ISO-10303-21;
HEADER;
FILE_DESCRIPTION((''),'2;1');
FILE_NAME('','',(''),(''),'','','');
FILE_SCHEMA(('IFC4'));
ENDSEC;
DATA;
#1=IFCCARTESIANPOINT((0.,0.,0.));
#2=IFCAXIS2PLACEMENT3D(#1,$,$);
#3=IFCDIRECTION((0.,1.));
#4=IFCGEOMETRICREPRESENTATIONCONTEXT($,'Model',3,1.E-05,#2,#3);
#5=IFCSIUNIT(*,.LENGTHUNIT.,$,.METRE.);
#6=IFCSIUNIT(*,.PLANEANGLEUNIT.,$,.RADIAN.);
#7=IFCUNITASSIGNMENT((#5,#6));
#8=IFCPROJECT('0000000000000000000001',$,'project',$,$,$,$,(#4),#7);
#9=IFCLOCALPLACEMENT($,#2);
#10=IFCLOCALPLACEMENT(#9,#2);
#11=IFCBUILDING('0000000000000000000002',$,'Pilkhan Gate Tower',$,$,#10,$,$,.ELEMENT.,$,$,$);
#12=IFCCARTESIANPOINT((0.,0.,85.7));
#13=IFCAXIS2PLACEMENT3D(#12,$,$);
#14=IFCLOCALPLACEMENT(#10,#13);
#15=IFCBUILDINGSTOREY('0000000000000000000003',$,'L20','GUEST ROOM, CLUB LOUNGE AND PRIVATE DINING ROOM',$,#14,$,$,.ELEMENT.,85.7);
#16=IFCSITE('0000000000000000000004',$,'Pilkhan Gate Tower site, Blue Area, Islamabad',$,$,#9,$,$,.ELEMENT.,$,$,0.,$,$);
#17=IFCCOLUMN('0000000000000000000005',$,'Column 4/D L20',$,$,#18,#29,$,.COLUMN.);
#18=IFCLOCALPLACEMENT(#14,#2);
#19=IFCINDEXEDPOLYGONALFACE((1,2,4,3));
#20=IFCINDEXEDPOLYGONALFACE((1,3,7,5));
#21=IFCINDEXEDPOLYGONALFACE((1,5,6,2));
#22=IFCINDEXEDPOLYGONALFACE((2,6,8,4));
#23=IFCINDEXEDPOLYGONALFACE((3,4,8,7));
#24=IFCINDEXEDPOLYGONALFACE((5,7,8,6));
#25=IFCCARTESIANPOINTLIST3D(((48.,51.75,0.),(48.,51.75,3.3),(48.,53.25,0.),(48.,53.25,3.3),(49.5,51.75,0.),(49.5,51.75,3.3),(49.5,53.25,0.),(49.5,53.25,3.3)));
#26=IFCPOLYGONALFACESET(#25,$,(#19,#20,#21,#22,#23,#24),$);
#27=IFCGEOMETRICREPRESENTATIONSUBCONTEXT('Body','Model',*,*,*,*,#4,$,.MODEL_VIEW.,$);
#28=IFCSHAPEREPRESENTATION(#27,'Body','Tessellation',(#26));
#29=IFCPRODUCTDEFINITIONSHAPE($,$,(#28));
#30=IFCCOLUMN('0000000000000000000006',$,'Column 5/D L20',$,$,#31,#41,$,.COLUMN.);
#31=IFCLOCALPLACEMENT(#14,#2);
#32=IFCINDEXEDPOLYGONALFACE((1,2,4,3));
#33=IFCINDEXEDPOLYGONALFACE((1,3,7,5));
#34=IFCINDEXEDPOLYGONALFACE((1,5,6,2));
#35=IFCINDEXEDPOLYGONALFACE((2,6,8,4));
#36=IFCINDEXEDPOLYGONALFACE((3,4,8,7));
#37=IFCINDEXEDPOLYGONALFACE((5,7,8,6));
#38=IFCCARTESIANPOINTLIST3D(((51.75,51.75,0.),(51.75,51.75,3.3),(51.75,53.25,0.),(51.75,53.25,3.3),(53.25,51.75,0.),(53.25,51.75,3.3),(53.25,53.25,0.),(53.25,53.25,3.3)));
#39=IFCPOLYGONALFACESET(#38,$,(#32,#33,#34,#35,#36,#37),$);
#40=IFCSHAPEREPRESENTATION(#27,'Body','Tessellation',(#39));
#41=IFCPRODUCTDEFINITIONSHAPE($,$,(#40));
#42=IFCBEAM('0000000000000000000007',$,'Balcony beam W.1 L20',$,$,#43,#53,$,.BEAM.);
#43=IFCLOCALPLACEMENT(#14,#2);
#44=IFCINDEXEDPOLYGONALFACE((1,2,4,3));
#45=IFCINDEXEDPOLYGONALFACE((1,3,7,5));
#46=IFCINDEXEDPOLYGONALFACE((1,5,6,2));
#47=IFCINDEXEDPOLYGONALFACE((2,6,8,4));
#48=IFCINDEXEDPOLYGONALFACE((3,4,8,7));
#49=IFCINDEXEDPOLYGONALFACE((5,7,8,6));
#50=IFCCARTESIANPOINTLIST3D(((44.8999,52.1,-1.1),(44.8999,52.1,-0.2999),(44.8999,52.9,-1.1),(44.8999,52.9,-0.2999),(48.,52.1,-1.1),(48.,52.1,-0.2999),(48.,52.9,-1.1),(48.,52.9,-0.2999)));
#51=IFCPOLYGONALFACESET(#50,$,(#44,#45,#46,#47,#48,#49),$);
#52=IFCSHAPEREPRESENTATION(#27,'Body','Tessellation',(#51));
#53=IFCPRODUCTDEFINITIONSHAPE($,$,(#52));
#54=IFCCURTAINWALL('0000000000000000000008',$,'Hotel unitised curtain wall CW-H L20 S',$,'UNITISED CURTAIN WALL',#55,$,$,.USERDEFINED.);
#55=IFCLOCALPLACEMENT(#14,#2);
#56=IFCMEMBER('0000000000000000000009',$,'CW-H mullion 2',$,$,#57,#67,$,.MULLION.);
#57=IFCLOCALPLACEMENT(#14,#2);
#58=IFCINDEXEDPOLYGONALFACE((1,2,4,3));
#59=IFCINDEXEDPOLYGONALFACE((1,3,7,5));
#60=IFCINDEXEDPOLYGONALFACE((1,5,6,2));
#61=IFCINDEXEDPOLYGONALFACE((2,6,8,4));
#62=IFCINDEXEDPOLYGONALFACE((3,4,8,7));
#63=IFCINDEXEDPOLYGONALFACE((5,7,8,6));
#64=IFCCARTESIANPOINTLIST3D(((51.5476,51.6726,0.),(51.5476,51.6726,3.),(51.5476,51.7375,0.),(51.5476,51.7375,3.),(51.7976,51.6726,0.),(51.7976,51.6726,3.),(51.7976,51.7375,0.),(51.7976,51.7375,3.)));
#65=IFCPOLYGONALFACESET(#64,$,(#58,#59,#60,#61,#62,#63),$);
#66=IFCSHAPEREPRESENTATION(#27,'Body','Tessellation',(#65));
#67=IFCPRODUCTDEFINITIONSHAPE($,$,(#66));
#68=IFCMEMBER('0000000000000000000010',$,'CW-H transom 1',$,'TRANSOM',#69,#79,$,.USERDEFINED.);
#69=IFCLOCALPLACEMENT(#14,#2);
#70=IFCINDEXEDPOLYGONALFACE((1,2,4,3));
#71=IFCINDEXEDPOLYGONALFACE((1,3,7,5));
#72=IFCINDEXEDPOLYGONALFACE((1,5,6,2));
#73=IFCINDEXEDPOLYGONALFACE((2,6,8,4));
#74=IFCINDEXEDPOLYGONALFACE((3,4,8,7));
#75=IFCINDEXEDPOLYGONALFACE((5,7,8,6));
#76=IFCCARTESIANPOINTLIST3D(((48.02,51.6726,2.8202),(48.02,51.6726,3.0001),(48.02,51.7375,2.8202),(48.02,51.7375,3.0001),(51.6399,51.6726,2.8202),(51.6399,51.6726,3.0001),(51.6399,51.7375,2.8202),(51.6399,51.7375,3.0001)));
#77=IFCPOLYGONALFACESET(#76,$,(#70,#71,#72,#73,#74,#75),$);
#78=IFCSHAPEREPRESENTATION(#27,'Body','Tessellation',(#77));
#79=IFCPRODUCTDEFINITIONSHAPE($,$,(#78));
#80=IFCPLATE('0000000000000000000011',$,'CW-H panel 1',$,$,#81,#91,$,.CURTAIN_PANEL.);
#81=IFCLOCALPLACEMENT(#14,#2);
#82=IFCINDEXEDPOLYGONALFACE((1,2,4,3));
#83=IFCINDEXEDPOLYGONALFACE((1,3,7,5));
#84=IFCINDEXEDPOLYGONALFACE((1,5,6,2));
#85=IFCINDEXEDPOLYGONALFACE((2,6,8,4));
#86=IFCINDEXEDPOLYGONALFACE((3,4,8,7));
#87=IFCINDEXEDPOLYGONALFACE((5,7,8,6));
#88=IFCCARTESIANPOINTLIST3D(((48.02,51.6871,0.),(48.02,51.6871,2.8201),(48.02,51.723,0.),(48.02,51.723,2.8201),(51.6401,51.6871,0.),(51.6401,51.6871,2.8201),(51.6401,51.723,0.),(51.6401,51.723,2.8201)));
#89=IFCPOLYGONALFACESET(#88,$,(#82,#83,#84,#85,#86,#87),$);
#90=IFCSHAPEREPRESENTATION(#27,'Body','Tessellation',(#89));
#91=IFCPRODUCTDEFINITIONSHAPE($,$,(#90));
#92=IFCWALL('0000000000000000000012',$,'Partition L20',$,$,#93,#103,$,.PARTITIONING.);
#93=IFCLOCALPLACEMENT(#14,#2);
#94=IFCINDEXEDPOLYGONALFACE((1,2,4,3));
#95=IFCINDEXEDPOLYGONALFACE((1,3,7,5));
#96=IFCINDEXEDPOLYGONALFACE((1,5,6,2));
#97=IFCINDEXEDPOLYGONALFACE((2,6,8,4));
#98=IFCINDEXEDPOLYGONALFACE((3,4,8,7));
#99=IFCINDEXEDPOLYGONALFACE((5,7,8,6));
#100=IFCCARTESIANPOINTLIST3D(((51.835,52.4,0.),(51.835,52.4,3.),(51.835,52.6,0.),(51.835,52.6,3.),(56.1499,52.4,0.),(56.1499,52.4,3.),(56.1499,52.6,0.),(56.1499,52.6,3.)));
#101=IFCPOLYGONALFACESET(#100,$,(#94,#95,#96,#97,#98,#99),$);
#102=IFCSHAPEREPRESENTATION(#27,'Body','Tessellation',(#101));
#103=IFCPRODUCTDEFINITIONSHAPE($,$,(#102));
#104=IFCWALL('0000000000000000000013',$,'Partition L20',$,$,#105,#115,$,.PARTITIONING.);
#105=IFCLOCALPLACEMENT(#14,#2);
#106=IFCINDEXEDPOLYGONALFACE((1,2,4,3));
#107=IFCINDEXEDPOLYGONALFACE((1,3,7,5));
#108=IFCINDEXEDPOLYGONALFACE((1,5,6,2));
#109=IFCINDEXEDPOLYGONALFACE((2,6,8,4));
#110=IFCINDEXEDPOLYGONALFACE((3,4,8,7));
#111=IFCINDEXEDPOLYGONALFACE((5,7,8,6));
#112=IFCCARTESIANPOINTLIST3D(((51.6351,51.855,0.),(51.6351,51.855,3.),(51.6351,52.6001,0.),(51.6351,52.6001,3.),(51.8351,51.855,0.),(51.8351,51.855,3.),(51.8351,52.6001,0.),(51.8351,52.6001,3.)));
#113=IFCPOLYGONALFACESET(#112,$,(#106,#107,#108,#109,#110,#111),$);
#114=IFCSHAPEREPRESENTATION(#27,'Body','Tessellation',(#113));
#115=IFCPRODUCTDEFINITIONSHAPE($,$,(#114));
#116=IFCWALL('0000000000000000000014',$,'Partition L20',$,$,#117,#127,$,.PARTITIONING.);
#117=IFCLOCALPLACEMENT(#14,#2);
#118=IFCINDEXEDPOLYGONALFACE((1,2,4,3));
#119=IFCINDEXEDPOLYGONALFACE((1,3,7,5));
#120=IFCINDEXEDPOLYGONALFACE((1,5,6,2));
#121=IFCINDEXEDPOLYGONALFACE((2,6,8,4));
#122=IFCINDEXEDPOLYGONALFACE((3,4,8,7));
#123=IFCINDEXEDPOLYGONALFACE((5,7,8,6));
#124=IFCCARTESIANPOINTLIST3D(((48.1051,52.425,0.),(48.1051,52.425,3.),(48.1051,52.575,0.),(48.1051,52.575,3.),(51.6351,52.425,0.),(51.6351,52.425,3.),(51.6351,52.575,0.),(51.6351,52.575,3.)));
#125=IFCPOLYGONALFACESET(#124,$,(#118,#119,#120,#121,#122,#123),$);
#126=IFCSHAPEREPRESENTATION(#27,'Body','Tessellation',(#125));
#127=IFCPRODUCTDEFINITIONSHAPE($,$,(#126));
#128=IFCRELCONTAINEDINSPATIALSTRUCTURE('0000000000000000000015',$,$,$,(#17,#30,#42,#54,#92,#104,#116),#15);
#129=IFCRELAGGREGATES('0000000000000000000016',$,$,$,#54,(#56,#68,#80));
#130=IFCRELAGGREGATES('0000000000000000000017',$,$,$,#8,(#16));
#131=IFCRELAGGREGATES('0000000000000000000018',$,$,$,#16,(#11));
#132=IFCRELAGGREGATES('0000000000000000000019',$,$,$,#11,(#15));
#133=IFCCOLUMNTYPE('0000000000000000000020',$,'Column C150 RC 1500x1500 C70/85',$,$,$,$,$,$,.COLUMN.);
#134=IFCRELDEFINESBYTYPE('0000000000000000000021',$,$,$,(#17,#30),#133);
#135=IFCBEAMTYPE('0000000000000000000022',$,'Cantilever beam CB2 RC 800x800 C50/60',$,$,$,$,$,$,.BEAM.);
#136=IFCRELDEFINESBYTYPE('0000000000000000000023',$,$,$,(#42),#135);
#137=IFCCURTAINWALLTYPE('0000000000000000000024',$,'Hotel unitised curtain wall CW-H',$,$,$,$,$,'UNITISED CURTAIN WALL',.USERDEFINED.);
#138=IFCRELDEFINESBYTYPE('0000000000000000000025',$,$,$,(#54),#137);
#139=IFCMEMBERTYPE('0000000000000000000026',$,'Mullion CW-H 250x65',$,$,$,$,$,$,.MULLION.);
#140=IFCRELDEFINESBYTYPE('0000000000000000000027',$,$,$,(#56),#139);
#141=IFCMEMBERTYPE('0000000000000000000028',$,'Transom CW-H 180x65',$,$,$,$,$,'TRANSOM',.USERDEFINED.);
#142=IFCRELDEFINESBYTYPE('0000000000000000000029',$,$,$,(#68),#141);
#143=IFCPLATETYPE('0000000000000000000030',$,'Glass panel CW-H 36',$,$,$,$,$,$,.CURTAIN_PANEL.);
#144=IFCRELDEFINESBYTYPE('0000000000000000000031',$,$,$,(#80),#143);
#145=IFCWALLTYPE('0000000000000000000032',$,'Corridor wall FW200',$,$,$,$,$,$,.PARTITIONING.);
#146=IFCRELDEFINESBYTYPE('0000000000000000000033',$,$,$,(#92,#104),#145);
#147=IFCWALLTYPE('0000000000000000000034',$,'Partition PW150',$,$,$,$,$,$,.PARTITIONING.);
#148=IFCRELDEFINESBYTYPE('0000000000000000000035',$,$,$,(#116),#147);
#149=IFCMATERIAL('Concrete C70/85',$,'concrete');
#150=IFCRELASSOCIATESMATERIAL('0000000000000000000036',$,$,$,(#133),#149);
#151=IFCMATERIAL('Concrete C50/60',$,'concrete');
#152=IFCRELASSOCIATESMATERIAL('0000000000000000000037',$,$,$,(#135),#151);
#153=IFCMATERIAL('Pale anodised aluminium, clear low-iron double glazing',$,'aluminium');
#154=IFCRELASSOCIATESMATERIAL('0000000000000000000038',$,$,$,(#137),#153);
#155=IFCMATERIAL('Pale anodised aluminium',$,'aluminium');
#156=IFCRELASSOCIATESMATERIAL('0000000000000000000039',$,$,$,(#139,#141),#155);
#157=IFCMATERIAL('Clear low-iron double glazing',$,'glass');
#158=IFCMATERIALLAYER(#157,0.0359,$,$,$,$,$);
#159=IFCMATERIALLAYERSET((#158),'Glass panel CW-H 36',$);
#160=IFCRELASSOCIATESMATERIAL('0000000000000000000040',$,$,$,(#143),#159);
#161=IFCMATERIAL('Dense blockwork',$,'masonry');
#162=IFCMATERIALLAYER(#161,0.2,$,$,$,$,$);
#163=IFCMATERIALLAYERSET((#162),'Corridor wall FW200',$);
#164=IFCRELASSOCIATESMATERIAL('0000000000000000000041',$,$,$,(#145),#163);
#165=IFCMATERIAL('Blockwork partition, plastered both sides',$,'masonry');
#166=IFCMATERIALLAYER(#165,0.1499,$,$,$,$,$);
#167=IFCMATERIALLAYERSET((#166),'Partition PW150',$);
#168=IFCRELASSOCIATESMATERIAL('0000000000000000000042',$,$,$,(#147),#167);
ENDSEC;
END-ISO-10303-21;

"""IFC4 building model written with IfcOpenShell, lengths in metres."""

from ifc_helpers import new_model, si_unit, direction, frame, frame_2d, origin, origin_2d, place, context, subcontext, project, spatial, rectangle, extrude, material, layer, layer_set, material_profile, profile_set, type_object, element, aggregate, save


model = new_model("IFC4")

# Units and contexts
model_context = context("Model", 3, precision=1e-05, world=origin(), true_north=direction((0.0, 1.0)))
body_context = subcontext(model_context, "Body", "Model", "MODEL_VIEW")
ifc_project = project(units=[si_unit("LENGTHUNIT", "METRE"), si_unit("PLANEANGLEUNIT", "RADIAN")], contexts=[model_context])

# Site, building, storey
site_placement = place(None, origin())
site = spatial("IfcSite", under=ifc_project, at=site_placement, Name="Pilkhan Gate Tower site, Blue Area, Islamabad", CompositionType="ELEMENT", RefElevation=0.0)
building_placement = place(site_placement, origin())
building = spatial("IfcBuilding", under=site, at=building_placement, Name="Pilkhan Gate Tower", CompositionType="ELEMENT")
storey_placement = place(building_placement, frame((0.0, 0.0, 85.7)))
storey = spatial("IfcBuildingStorey", under=building, at=storey_placement, Name="L20", Description="GUEST ROOM, CLUB LOUNGE AND PRIVATE DINING ROOM", CompositionType="ELEMENT", Elevation=85.7)

# Columns
ifc_material_1 = material(Name="Concrete C70/85", Category="concrete")
ifc_material_profile_1 = material_profile(ifc_material_1, rectangle(XDim=1.5, YDim=1.5, at=origin_2d()), Name="RC 1500x1500")
ifc_profile_set_1 = profile_set([ifc_material_profile_1], Name="Concrete C70/85")
column_type = type_object("IfcColumnType", Name="Column C150 RC 1500x1500 C70/85", PredefinedType="COLUMN", material=ifc_profile_set_1)
for number, where, z_axis, x_axis, name in (
    (1, (48.75, 52.5, 0.0), (0.0, 0.0, 1.0), (1.0, 0.0, 0.0), "Column 4/D L20"),
    (2, (52.5, 52.5, 0.0), (0.0, 0.0, 1.0), (1.0, 0.0, 0.0), "Column 5/D L20"),
):
    element("IfcColumn", number, at=place(storey_placement, frame(where, z_axis=z_axis, x_axis=x_axis)), inside=storey, type_object=column_type, Name=name, PredefinedType="COLUMN", context=body_context, shape_type="SweptSolid", body=[
        extrude(rectangle(XDim=1.5, YDim=1.5, at=origin_2d()), origin(), (0.0, 0.0, 1.0), 3.3),
    ])

# Beam
ifc_material_2 = material(Name="Concrete C50/60", Category="concrete")
ifc_material_profile_2 = material_profile(ifc_material_2, rectangle(XDim=0.8, YDim=0.8, at=origin_2d()), Name="RC 800x800")
ifc_profile_set_2 = profile_set([ifc_material_profile_2], Name="Concrete C50/60")
beam_type = type_object("IfcBeamType", Name="Cantilever beam CB2 RC 800x800 C50/60", PredefinedType="BEAM", material=ifc_profile_set_2)
beam_placement = place(storey_placement, frame((48.0, 52.5, -0.7), z_axis=(-1.0, 0.0, 0.0), x_axis=(0.0, -1.0, 0.0)))
element("IfcBeam", 3, at=beam_placement, inside=storey, type_object=beam_type, Name="Balcony beam W.1 L20", PredefinedType="BEAM", context=body_context, shape_type="SweptSolid", body=[
    extrude(rectangle(XDim=0.8, YDim=0.8, at=origin_2d()), origin(), (0.0, 0.0, 1.0), 3.1001),
])

# Curtain wall, members, plate
ifc_material_3 = material(Name="Pale anodised aluminium, clear low-iron double glazing", Category="aluminium")
curtain_wall_type = type_object("IfcCurtainWallType", Name="Hotel unitised curtain wall CW-H", ElementType="UNITISED CURTAIN WALL", PredefinedType="USERDEFINED", material=ifc_material_3)
curtain_wall_placement = place(storey_placement, origin())
curtain_wall = element("IfcCurtainWall", 4, at=curtain_wall_placement, inside=storey, type_object=curtain_wall_type, Name="Hotel unitised curtain wall CW-H L20 S", ObjectType="UNITISED CURTAIN WALL", PredefinedType="USERDEFINED")
ifc_material_4 = material(Name="Pale anodised aluminium", Category="aluminium")
ifc_material_profile_3 = material_profile(ifc_material_4, rectangle(XDim=0.0649, YDim=0.25, at=origin_2d()), Name="Mullion 250x65")
ifc_profile_set_3 = profile_set([ifc_material_profile_3], Name="Pale anodised aluminium")
member_type_1 = type_object("IfcMemberType", Name="Mullion CW-H 250x65", PredefinedType="MULLION", material=ifc_profile_set_3)
member_1_placement = place(storey_placement, frame((51.6726, 51.7051, 0.0), z_axis=(0.0, 0.0, 1.0), x_axis=(0.0, 1.0, 0.0)))
member_1 = element("IfcMember", 5, at=member_1_placement, type_object=member_type_1, Name="CW-H mullion 2", PredefinedType="MULLION", context=body_context, shape_type="SweptSolid", body=[
    extrude(rectangle(XDim=0.0649, YDim=0.25, at=origin_2d()), origin(), (0.0, 0.0, 1.0), 3.0),
])
ifc_material_profile_4 = material_profile(ifc_material_4, rectangle(XDim=0.0649, YDim=0.1799, at=origin_2d()), Name="Transom 180x65")
ifc_profile_set_4 = profile_set([ifc_material_profile_4], Name="Pale anodised aluminium")
member_type_2 = type_object("IfcMemberType", Name="Transom CW-H 180x65", ElementType="TRANSOM", PredefinedType="USERDEFINED", material=ifc_profile_set_4)
member_2_placement = place(storey_placement, frame((48.02, 51.7051, 2.9102), z_axis=(1.0, 0.0, 0.0), x_axis=(0.0, 1.0, 0.0)))
member_2 = element("IfcMember", 6, at=member_2_placement, type_object=member_type_2, Name="CW-H transom 1", ObjectType="TRANSOM", PredefinedType="USERDEFINED", context=body_context, shape_type="SweptSolid", body=[
    extrude(rectangle(XDim=0.0649, YDim=0.1799, at=origin_2d()), origin(), (0.0, 0.0, 1.0), 3.6199),
])
ifc_material_5 = material(Name="Clear low-iron double glazing", Category="glass")
ifc_layer_1 = layer(ifc_material_5, 0.0359)
ifc_layer_set_1 = layer_set([ifc_layer_1], Name="Glass panel CW-H 36")
plate_type = type_object("IfcPlateType", Name="Glass panel CW-H 36", PredefinedType="CURTAIN_PANEL", material=ifc_layer_set_1)
plate_placement = place(storey_placement, frame((49.8301, 51.7051, 0.0), z_axis=(0.0, 0.0, 1.0), x_axis=(1.0, 0.0, 0.0)))
plate = element("IfcPlate", 7, at=plate_placement, type_object=plate_type, Name="CW-H panel 1", PredefinedType="CURTAIN_PANEL", context=body_context, shape_type="SweptSolid", body=[
    extrude(rectangle(XDim=3.6201, YDim=0.0359, at=origin_2d()), origin(), (0.0, 0.0, 1.0), 2.8201),
])
aggregate(curtain_wall, [member_1, member_2, plate])

# Walls
ifc_material_6 = material(Name="Dense blockwork", Category="masonry")
ifc_layer_2 = layer(ifc_material_6, 0.2)
ifc_layer_set_2 = layer_set([ifc_layer_2], Name="Corridor wall FW200")
wall_type_1 = type_object("IfcWallType", Name="Corridor wall FW200", PredefinedType="PARTITIONING", material=ifc_layer_set_2)
wall_1_placement = place(storey_placement, frame((51.835, 52.5, 0.0), z_axis=(0.0, 0.0, 1.0), x_axis=(1.0, 0.0, 0.0)))
element("IfcWall", 8, at=wall_1_placement, inside=storey, type_object=wall_type_1, Name="Partition L20", PredefinedType="PARTITIONING", context=body_context, shape_type="SweptSolid", body=[
    extrude(rectangle(XDim=4.3149, YDim=0.2, at=frame_2d((2.1575, 0.0))), origin(), (0.0, 0.0, 1.0), 3.0),
])
wall_2_placement = place(storey_placement, frame((51.7351, 51.855, 0.0), z_axis=(0.0, 0.0, 1.0), x_axis=(0.0, 1.0, 0.0)))
element("IfcWall", 9, at=wall_2_placement, inside=storey, type_object=wall_type_1, Name="Partition L20", PredefinedType="PARTITIONING", context=body_context, shape_type="SweptSolid", body=[
    extrude(rectangle(XDim=0.7451, YDim=0.2, at=frame_2d((0.3726, 0.0))), origin(), (0.0, 0.0, 1.0), 3.0),
])
ifc_material_7 = material(Name="Blockwork partition, plastered both sides", Category="masonry")
ifc_layer_3 = layer(ifc_material_7, 0.1499)
ifc_layer_set_3 = layer_set([ifc_layer_3], Name="Partition PW150")
wall_type_2 = type_object("IfcWallType", Name="Partition PW150", PredefinedType="PARTITIONING", material=ifc_layer_set_3)
wall_3_placement = place(storey_placement, frame((48.105, 52.5, 0.0), z_axis=(0.0, 0.0, 1.0), x_axis=(1.0, 0.0, 0.0)))
element("IfcWall", 10, at=wall_3_placement, inside=storey, type_object=wall_type_2, Name="Partition L20", PredefinedType="PARTITIONING", context=body_context, shape_type="SweptSolid", body=[
    extrude(rectangle(XDim=3.53, YDim=0.1499, at=frame_2d((1.7651, 0.0))), origin(), (0.0, 0.0, 1.0), 3.0),
])

save(model, "model.ifc")
